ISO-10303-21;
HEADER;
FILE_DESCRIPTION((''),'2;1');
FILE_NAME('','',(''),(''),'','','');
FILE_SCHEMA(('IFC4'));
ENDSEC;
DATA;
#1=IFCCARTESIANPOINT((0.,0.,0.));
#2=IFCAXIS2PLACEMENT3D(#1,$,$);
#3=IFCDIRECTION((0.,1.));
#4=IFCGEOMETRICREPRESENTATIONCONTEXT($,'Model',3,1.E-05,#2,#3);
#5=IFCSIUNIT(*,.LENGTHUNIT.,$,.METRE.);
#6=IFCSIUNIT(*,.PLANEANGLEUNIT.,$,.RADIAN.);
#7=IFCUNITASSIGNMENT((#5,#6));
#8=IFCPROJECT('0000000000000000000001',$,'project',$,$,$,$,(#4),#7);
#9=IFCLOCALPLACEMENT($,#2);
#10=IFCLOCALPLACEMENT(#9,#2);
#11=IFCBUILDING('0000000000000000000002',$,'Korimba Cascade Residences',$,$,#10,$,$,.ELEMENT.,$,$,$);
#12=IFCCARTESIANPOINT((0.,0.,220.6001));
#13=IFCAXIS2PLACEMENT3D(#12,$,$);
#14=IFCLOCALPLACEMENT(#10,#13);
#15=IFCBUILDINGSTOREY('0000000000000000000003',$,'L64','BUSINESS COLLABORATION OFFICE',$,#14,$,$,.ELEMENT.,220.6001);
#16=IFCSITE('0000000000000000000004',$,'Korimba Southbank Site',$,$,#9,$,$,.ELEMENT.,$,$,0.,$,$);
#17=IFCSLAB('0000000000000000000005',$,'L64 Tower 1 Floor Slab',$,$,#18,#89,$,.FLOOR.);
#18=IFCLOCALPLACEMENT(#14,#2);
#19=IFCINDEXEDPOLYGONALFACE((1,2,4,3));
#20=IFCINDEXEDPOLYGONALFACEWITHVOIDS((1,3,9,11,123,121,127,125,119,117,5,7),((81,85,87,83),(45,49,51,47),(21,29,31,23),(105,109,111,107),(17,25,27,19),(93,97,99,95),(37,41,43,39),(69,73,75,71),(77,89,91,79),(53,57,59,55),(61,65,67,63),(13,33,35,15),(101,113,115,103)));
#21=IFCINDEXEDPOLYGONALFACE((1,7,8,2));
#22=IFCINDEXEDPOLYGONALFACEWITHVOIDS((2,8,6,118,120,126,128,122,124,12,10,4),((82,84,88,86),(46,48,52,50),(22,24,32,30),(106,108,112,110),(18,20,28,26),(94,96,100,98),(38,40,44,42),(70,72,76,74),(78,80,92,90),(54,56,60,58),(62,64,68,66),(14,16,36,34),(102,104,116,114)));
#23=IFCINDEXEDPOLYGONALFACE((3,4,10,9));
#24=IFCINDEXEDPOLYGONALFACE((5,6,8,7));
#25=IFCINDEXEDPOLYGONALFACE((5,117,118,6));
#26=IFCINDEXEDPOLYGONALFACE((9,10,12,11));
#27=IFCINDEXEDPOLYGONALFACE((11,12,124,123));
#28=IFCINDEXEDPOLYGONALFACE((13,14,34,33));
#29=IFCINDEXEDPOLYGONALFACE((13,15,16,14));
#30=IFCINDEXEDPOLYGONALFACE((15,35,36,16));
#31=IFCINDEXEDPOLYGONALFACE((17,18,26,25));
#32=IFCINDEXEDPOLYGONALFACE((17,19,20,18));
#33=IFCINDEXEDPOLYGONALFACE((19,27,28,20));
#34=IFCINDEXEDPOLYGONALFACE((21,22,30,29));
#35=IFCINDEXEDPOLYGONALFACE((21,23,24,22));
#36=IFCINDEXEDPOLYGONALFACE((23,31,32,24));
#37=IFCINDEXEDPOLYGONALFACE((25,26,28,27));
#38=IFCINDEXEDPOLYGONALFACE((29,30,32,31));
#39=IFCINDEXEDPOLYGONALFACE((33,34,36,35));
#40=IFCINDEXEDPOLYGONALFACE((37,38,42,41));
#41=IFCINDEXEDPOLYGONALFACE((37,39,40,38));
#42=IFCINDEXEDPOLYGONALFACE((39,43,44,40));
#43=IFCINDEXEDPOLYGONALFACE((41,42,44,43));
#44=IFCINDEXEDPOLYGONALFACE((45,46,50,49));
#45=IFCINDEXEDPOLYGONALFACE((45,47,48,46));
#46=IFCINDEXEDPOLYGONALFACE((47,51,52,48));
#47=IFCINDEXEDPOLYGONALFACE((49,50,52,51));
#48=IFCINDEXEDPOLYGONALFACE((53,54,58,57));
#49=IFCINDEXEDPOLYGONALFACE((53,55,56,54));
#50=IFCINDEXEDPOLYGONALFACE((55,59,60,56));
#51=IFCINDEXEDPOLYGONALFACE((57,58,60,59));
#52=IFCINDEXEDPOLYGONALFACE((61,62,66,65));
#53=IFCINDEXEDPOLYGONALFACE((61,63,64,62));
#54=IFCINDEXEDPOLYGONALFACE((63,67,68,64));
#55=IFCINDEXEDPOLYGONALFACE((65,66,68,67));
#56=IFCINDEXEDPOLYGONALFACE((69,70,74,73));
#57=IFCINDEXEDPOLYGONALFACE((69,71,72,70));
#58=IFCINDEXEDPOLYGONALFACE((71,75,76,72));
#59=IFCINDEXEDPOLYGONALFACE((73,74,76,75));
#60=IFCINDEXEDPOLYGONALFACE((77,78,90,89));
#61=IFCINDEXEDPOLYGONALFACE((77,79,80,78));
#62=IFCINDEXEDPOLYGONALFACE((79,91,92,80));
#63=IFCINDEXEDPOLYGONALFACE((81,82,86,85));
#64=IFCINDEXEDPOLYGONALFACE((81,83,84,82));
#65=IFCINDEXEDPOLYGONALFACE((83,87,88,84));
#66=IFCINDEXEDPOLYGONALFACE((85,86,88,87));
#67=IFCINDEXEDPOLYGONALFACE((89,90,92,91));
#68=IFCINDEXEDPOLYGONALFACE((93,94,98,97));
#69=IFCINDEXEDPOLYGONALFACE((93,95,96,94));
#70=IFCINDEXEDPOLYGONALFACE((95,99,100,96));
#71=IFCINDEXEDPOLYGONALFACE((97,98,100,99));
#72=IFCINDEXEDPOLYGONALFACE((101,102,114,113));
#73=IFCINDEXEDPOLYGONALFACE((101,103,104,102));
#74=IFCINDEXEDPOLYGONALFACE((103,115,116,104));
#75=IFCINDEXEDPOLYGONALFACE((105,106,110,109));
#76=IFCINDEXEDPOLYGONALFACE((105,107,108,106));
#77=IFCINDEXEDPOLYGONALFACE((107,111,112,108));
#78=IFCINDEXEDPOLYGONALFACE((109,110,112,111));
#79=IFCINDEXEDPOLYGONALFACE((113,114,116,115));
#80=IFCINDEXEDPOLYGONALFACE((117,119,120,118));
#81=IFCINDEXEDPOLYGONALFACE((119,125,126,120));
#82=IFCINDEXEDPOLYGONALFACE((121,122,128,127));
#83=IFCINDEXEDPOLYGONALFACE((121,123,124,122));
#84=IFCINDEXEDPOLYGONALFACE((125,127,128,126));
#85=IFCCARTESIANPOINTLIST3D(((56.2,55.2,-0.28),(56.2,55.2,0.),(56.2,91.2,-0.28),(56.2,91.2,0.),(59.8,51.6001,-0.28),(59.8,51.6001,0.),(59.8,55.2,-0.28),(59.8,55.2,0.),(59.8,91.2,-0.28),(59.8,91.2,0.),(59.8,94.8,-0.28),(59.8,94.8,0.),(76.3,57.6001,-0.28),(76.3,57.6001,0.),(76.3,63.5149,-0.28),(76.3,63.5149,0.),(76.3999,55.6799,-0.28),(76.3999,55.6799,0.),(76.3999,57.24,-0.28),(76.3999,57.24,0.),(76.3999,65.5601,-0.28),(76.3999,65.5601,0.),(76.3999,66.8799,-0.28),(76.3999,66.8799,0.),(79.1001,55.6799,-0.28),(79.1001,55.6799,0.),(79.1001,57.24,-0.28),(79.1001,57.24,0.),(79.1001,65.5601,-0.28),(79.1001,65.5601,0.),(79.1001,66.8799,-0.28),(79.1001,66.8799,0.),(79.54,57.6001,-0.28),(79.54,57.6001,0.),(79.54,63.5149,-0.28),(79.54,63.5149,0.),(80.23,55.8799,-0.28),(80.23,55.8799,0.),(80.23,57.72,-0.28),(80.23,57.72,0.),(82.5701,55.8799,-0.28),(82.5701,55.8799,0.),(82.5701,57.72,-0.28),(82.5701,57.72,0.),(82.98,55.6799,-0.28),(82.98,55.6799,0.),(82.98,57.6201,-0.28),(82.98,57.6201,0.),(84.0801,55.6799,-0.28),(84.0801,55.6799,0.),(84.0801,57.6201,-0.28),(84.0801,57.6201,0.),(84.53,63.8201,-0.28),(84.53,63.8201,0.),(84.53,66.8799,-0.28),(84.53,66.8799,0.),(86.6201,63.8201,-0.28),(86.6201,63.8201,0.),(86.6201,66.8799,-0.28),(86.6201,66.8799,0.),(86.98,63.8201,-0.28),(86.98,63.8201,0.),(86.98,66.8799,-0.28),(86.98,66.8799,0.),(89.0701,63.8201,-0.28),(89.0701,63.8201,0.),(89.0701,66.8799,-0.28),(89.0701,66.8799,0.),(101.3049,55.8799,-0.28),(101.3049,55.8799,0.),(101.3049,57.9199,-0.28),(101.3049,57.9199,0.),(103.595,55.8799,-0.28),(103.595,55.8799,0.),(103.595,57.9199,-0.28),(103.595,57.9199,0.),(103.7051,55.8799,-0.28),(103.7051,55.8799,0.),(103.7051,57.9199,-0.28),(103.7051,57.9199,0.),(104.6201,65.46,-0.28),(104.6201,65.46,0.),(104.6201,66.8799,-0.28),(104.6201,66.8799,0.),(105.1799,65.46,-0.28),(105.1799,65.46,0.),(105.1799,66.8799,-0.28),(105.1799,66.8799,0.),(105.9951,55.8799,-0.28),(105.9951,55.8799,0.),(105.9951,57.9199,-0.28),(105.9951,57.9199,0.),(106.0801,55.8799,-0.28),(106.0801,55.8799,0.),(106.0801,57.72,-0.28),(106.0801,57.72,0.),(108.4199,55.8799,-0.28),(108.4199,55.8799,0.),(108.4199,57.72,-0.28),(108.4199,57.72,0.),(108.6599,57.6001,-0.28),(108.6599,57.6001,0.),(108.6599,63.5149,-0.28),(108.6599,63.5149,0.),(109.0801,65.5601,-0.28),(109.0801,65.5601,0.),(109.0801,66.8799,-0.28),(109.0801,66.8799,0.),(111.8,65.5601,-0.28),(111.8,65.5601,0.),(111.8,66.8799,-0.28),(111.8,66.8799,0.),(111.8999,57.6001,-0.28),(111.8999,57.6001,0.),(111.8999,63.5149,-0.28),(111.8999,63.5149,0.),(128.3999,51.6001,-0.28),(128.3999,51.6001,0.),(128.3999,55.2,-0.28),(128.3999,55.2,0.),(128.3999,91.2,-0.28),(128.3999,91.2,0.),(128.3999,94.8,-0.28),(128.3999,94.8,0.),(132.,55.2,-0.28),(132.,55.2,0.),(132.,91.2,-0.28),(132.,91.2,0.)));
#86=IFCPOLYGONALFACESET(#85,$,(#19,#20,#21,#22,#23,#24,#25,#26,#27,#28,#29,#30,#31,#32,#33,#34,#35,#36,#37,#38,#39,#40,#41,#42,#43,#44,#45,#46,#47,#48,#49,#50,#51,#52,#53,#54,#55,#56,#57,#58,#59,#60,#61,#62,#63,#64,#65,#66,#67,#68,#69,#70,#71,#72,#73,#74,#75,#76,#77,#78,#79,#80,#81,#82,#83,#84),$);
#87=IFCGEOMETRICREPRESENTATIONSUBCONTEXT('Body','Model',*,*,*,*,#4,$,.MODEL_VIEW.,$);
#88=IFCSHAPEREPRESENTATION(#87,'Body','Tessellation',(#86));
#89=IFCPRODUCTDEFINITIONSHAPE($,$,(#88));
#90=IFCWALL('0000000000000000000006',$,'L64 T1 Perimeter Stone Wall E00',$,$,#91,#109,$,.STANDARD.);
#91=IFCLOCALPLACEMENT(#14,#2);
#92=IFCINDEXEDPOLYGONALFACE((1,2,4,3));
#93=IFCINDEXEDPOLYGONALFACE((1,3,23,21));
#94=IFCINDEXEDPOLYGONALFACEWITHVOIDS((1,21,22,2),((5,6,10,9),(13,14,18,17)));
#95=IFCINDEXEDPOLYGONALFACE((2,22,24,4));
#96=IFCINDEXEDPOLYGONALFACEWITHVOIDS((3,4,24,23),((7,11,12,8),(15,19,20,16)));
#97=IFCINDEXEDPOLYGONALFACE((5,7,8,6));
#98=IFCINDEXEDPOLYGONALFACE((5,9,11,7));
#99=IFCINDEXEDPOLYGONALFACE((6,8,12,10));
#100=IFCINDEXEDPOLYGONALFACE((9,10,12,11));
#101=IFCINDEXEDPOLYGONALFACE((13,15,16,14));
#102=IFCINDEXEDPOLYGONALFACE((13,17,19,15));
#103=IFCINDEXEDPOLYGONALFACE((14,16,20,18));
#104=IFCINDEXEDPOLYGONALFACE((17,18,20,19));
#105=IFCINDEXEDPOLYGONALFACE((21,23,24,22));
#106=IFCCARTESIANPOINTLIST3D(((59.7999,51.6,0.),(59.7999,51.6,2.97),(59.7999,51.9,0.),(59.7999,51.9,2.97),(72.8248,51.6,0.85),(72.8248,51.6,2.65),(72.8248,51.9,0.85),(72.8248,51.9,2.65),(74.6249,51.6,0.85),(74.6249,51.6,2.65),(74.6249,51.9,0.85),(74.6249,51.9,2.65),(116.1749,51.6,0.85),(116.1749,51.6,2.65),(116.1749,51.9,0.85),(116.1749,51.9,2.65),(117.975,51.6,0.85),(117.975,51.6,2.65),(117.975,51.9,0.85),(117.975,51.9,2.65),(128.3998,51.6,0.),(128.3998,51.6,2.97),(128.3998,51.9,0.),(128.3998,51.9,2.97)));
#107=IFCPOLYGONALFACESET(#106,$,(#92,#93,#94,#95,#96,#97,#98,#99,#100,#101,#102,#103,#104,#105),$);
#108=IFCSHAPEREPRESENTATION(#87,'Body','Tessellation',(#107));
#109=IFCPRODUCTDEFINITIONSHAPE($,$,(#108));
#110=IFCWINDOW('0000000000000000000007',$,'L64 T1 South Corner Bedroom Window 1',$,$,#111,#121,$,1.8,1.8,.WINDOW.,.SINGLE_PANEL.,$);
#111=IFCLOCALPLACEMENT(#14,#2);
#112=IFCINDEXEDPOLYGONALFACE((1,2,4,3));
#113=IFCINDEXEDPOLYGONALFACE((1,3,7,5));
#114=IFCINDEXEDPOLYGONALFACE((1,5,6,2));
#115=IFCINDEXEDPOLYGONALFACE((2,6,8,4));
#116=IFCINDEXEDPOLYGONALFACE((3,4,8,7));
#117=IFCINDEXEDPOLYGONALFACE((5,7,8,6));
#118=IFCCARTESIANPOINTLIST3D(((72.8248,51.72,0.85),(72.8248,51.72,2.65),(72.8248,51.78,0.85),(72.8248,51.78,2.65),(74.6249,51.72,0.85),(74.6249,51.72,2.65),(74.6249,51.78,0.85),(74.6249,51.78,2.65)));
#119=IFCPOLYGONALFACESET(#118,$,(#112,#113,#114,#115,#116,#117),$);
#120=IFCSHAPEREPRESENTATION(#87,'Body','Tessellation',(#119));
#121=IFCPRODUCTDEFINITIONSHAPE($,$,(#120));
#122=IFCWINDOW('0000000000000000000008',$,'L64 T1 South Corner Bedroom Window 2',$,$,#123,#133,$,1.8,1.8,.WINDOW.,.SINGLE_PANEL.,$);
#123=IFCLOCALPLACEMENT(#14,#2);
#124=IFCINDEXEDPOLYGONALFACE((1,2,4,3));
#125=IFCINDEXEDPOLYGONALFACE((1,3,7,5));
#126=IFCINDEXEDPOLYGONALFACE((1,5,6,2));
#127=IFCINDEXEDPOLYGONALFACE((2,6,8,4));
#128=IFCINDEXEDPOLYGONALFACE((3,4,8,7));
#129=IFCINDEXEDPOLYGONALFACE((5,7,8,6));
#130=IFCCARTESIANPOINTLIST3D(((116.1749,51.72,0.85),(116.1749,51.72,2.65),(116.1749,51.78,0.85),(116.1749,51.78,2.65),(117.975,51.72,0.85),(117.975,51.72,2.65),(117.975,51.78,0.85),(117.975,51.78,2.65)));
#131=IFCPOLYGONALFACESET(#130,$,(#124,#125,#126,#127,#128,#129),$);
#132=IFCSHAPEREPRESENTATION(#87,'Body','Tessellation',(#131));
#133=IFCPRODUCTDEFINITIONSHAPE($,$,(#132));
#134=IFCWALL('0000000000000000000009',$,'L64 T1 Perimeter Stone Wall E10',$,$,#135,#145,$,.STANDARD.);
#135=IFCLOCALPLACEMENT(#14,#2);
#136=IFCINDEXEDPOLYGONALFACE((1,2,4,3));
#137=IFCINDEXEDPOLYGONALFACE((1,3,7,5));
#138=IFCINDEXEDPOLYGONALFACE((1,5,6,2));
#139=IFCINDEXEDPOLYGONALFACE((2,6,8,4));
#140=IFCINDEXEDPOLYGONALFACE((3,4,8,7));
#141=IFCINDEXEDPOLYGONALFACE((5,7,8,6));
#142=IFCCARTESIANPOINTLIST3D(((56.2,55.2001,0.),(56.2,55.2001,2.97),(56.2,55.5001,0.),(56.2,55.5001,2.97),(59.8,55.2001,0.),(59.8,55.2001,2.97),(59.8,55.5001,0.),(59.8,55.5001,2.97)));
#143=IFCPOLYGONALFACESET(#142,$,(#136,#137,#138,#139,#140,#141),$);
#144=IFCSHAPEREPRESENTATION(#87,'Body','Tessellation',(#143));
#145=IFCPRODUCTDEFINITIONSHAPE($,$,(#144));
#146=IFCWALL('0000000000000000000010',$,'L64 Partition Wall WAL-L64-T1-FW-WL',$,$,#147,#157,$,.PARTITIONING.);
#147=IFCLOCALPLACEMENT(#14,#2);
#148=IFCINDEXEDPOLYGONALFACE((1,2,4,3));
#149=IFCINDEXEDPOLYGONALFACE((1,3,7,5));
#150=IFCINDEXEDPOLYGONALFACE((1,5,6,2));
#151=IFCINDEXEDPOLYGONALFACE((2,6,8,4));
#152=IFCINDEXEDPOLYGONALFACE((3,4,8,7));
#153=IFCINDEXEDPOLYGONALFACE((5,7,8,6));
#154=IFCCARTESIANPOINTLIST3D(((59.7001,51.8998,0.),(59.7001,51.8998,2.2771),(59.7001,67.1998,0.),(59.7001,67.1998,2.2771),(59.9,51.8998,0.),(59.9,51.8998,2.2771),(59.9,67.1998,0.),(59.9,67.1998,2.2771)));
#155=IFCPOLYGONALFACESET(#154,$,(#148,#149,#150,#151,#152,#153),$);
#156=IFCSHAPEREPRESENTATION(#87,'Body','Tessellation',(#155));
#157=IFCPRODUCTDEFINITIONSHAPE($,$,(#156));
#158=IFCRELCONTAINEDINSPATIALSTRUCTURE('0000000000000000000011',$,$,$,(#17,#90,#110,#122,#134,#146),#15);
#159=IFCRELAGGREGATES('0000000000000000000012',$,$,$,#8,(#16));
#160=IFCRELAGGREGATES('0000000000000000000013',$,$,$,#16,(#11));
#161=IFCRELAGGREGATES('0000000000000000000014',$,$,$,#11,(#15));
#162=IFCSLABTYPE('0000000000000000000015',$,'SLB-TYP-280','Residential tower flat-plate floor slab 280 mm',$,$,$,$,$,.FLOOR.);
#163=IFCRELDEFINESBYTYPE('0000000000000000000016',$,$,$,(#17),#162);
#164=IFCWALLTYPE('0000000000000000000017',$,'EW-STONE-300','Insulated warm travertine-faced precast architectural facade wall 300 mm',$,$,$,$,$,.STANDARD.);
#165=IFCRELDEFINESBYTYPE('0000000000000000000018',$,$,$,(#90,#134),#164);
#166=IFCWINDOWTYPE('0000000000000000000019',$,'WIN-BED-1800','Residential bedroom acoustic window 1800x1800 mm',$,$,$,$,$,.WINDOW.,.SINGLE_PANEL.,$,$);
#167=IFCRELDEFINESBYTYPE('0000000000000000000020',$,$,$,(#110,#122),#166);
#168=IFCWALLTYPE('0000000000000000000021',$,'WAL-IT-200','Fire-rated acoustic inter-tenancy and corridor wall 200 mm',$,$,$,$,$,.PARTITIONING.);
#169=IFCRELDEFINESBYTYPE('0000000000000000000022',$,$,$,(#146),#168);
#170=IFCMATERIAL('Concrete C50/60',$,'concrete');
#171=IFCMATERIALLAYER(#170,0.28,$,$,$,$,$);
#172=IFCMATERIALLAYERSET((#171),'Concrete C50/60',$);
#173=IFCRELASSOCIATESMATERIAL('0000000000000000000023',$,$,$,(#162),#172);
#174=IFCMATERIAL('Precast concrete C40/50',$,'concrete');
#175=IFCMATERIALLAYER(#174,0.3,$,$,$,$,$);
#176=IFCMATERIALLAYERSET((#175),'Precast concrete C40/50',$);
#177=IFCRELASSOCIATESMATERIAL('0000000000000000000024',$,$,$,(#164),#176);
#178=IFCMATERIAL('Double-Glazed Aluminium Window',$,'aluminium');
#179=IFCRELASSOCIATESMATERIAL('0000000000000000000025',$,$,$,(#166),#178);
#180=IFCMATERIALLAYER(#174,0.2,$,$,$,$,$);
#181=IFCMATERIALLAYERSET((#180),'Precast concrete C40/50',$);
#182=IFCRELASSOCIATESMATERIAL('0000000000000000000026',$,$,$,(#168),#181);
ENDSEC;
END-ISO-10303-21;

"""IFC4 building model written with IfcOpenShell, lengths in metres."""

from ifc_helpers import new_model, si_unit, direction, frame, frame_2d, origin, place, context, subcontext, project, spatial, polyline, rectangle, outline, extrude, material, layer, layer_set, type_object, element, fill, save


model = new_model("IFC4")

# Units and contexts
model_context = context("Model", 3, precision=1e-05, world=origin(), true_north=direction((0.0, 1.0)))
body_context = subcontext(model_context, "Body", "Model", "MODEL_VIEW")
ifc_project = project(units=[si_unit("LENGTHUNIT", "METRE"), si_unit("PLANEANGLEUNIT", "RADIAN")], contexts=[model_context])

# Site, building, storey
site_placement = place(None, origin())
site = spatial("IfcSite", under=ifc_project, at=site_placement, Name="Korimba Southbank Site", CompositionType="ELEMENT", RefElevation=0.0)
building_placement = place(site_placement, origin())
building = spatial("IfcBuilding", under=site, at=building_placement, Name="Korimba Cascade Residences", CompositionType="ELEMENT")
storey_placement = place(building_placement, frame((0.0, 0.0, 220.6001)))
storey = spatial("IfcBuildingStorey", under=building, at=storey_placement, Name="L64", Description="BUSINESS COLLABORATION OFFICE", CompositionType="ELEMENT", Elevation=220.6001)

# Shared definitions
ifc_material_1 = material(Name="Concrete C50/60", Category="concrete")

# Shared definitions
ifc_material_2 = material(Name="Precast concrete C40/50", Category="concrete")

# Shared definitions
ifc_material_3 = material(Name="Double-Glazed Aluminium Window", Category="aluminium")

# Slab
ifc_layer_1 = layer(ifc_material_1, 0.28)
ifc_layer_set_1 = layer_set([ifc_layer_1], Name="Concrete C50/60")
slab_type_1 = type_object("IfcSlabType", Name="SLB-TYP-280", Description="Residential tower flat-plate floor slab 280 mm", PredefinedType="FLOOR", material=ifc_layer_set_1)
slab_1_placement = place(storey_placement, frame((0.0, 0.0, -0.28)))
element("IfcSlab", 1, at=slab_1_placement, inside=storey, type_object=slab_type_1, Name="L64 Tower 1 Floor Slab", PredefinedType="FLOOR", context=body_context, shape_type="SweptSolid", body=[
    extrude(outline(polyline([(59.8, 51.6001), (128.3999, 51.6001), (128.3999, 55.2), (132.0, 55.2), (132.0, 91.2), (128.3999, 91.2), (128.3999, 94.8), (59.8, 94.8), (59.8, 91.2), (56.2, 91.2), (56.2, 55.2), (59.8, 55.2), (59.8, 51.6001)]), holes=[polyline([(76.3, 63.5149), (76.3, 57.6001), (79.54, 57.6001), (79.54, 63.5149), (76.3, 63.5149)]), polyline([(108.6599, 63.5149), (108.6599, 57.6001), (111.8999, 57.6001), (111.8999, 63.5149), (108.6599, 63.5149)]), polyline([(80.23, 55.8799), (82.5701, 55.8799), (82.5701, 57.72), (80.23, 57.72), (80.23, 55.8799)]), polyline([(106.0801, 55.8799), (108.4199, 55.8799), (108.4199, 57.72), (106.0801, 57.72), (106.0801, 55.8799)]), polyline([(101.3049, 55.8799), (103.595, 55.8799), (103.595, 57.9199), (101.3049, 57.9199), (101.3049, 55.8799)]), polyline([(103.7051, 55.8799), (105.9951, 55.8799), (105.9951, 57.9199), (103.7051, 57.9199), (103.7051, 55.8799)]), polyline([(82.98, 55.6799), (84.0801, 55.6799), (84.0801, 57.6201), (82.98, 57.6201), (82.98, 55.6799)]), polyline([(76.3999, 65.5601), (79.1001, 65.5601), (79.1001, 66.8799), (76.3999, 66.8799), (76.3999, 65.5601)]), polyline([(76.3999, 55.6799), (79.1001, 55.6799), (79.1001, 57.24), (76.3999, 57.24), (76.3999, 55.6799)]), polyline([(84.53, 63.8201), (86.6201, 63.8201), (86.6201, 66.8799), (84.53, 66.8799), (84.53, 63.8201)]), polyline([(86.98, 63.8201), (89.0701, 63.8201), (89.0701, 66.8799), (86.98, 66.8799), (86.98, 63.8201)]), polyline([(104.6201, 65.46), (105.1799, 65.46), (105.1799, 66.8799), (104.6201, 66.8799), (104.6201, 65.46)]), polyline([(109.0801, 65.5601), (111.8, 65.5601), (111.8, 66.8799), (109.0801, 66.8799), (109.0801, 65.5601)])]), origin(), (0.0, 0.0, 1.0), 0.28),
])

# Wall, openings, windows
ifc_layer_2 = layer(ifc_material_2, 0.3)
ifc_layer_set_2 = layer_set([ifc_layer_2], Name="Precast concrete C40/50")
wall_type_1 = type_object("IfcWallType", Name="EW-STONE-300", Description="Insulated warm travertine-faced precast architectural facade wall 300 mm", PredefinedType="STANDARD", material=ifc_layer_set_2)
wall_1_placement = place(storey_placement, frame((59.8, 51.75, 0.0), z_axis=(0.0, 0.0, 1.0), x_axis=(1.0, 0.0, 0.0)))
wall_1 = element("IfcWall", 2, at=wall_1_placement, inside=storey, type_object=wall_type_1, Name="L64 T1 Perimeter Stone Wall E00", PredefinedType="STANDARD", context=body_context, shape_type="SweptSolid", body=[
    extrude(rectangle(XDim=68.5999, YDim=0.3, at=frame_2d((34.2998, 0.0))), origin(), (0.0, 0.0, 1.0), 2.97),
])
opening_1_placement = place(wall_1_placement, frame((13.0249, 0.0, 0.8501)))
opening_1 = element("IfcOpeningElement", 3, at=opening_1_placement, cuts=wall_1, PredefinedType="OPENING", context=body_context, shape_type="SweptSolid", body=[
    extrude(rectangle(XDim=1.8, YDim=1.8, at=frame_2d((0.8999, 0.8999))), frame((0.0, 0.1602, 0.0), z_axis=(0.0, -1.0, 0.0), x_axis=(1.0, 0.0, 0.0)), (0.0, 0.0, 1.0), 0.3201),
])
opening_2_placement = place(wall_1_placement, frame((56.375, 0.0, 0.8501)))
opening_2 = element("IfcOpeningElement", 4, at=opening_2_placement, cuts=wall_1, PredefinedType="OPENING", context=body_context, shape_type="SweptSolid", body=[
    extrude(rectangle(XDim=1.8, YDim=1.8, at=frame_2d((0.8999, 0.8999))), frame((0.0, 0.1602, 0.0), z_axis=(0.0, -1.0, 0.0), x_axis=(1.0, 0.0, 0.0)), (0.0, 0.0, 1.0), 0.3201),
])
window_type_1 = type_object("IfcWindowType", Name="WIN-BED-1800", Description="Residential bedroom acoustic window 1800x1800 mm", PartitioningType="SINGLE_PANEL", PredefinedType="WINDOW", material=ifc_material_3)
window_1_placement = place(opening_1_placement, origin())
window_1 = element("IfcWindow", 5, at=window_1_placement, inside=storey, type_object=window_type_1, Name="L64 T1 South Corner Bedroom Window 1", OverallHeight=1.8, OverallWidth=1.8, PartitioningType="SINGLE_PANEL", PredefinedType="WINDOW", context=body_context, shape_type="SweptSolid", body=[
    extrude(rectangle(XDim=1.8, YDim=1.8, at=frame_2d((0.8999, 0.8999))), frame((0.0, 0.03, 0.0), z_axis=(0.0, -1.0, 0.0), x_axis=(1.0, 0.0, 0.0)), (0.0, 0.0, 1.0), 0.0601),
])
fill(opening_1, window_1)
window_2_placement = place(opening_2_placement, origin())
window_2 = element("IfcWindow", 6, at=window_2_placement, inside=storey, type_object=window_type_1, Name="L64 T1 South Corner Bedroom Window 2", OverallHeight=1.8, OverallWidth=1.8, PartitioningType="SINGLE_PANEL", PredefinedType="WINDOW", context=body_context, shape_type="SweptSolid", body=[
    extrude(rectangle(XDim=1.8, YDim=1.8, at=frame_2d((0.8999, 0.8999))), frame((0.0, 0.03, 0.0), z_axis=(0.0, -1.0, 0.0), x_axis=(1.0, 0.0, 0.0)), (0.0, 0.0, 1.0), 0.0601),
])
fill(opening_2, window_2)

# Walls
wall_2_placement = place(storey_placement, frame((56.2, 55.3501, 0.0), z_axis=(0.0, 0.0, 1.0), x_axis=(1.0, 0.0, 0.0)))
element("IfcWall", 7, at=wall_2_placement, inside=storey, type_object=wall_type_1, Name="L64 T1 Perimeter Stone Wall E10", PredefinedType="STANDARD", context=body_context, shape_type="SweptSolid", body=[
    extrude(rectangle(XDim=3.6001, YDim=0.3, at=frame_2d((1.8, 0.0))), origin(), (0.0, 0.0, 1.0), 2.97),
])
ifc_layer_3 = layer(ifc_material_2, 0.2)
ifc_layer_set_3 = layer_set([ifc_layer_3], Name="Precast concrete C40/50")
wall_type_2 = type_object("IfcWallType", Name="WAL-IT-200", Description="Fire-rated acoustic inter-tenancy and corridor wall 200 mm", PredefinedType="PARTITIONING", material=ifc_layer_set_3)
wall_3_placement = place(storey_placement, frame((59.8, 51.8999, 0.0), z_axis=(0.0, 0.0, 1.0), x_axis=(0.0, 1.0, 0.0)))
element("IfcWall", 8, at=wall_3_placement, inside=storey, type_object=wall_type_2, Name="L64 Partition Wall WAL-L64-T1-FW-WL", PredefinedType="PARTITIONING", context=body_context, shape_type="SweptSolid", body=[
    extrude(rectangle(XDim=15.3, YDim=0.2, at=frame_2d((7.6499, 0.0))), origin(), (0.0, 0.0, 1.0), 2.2771),
])

save(model, "model.ifc")
